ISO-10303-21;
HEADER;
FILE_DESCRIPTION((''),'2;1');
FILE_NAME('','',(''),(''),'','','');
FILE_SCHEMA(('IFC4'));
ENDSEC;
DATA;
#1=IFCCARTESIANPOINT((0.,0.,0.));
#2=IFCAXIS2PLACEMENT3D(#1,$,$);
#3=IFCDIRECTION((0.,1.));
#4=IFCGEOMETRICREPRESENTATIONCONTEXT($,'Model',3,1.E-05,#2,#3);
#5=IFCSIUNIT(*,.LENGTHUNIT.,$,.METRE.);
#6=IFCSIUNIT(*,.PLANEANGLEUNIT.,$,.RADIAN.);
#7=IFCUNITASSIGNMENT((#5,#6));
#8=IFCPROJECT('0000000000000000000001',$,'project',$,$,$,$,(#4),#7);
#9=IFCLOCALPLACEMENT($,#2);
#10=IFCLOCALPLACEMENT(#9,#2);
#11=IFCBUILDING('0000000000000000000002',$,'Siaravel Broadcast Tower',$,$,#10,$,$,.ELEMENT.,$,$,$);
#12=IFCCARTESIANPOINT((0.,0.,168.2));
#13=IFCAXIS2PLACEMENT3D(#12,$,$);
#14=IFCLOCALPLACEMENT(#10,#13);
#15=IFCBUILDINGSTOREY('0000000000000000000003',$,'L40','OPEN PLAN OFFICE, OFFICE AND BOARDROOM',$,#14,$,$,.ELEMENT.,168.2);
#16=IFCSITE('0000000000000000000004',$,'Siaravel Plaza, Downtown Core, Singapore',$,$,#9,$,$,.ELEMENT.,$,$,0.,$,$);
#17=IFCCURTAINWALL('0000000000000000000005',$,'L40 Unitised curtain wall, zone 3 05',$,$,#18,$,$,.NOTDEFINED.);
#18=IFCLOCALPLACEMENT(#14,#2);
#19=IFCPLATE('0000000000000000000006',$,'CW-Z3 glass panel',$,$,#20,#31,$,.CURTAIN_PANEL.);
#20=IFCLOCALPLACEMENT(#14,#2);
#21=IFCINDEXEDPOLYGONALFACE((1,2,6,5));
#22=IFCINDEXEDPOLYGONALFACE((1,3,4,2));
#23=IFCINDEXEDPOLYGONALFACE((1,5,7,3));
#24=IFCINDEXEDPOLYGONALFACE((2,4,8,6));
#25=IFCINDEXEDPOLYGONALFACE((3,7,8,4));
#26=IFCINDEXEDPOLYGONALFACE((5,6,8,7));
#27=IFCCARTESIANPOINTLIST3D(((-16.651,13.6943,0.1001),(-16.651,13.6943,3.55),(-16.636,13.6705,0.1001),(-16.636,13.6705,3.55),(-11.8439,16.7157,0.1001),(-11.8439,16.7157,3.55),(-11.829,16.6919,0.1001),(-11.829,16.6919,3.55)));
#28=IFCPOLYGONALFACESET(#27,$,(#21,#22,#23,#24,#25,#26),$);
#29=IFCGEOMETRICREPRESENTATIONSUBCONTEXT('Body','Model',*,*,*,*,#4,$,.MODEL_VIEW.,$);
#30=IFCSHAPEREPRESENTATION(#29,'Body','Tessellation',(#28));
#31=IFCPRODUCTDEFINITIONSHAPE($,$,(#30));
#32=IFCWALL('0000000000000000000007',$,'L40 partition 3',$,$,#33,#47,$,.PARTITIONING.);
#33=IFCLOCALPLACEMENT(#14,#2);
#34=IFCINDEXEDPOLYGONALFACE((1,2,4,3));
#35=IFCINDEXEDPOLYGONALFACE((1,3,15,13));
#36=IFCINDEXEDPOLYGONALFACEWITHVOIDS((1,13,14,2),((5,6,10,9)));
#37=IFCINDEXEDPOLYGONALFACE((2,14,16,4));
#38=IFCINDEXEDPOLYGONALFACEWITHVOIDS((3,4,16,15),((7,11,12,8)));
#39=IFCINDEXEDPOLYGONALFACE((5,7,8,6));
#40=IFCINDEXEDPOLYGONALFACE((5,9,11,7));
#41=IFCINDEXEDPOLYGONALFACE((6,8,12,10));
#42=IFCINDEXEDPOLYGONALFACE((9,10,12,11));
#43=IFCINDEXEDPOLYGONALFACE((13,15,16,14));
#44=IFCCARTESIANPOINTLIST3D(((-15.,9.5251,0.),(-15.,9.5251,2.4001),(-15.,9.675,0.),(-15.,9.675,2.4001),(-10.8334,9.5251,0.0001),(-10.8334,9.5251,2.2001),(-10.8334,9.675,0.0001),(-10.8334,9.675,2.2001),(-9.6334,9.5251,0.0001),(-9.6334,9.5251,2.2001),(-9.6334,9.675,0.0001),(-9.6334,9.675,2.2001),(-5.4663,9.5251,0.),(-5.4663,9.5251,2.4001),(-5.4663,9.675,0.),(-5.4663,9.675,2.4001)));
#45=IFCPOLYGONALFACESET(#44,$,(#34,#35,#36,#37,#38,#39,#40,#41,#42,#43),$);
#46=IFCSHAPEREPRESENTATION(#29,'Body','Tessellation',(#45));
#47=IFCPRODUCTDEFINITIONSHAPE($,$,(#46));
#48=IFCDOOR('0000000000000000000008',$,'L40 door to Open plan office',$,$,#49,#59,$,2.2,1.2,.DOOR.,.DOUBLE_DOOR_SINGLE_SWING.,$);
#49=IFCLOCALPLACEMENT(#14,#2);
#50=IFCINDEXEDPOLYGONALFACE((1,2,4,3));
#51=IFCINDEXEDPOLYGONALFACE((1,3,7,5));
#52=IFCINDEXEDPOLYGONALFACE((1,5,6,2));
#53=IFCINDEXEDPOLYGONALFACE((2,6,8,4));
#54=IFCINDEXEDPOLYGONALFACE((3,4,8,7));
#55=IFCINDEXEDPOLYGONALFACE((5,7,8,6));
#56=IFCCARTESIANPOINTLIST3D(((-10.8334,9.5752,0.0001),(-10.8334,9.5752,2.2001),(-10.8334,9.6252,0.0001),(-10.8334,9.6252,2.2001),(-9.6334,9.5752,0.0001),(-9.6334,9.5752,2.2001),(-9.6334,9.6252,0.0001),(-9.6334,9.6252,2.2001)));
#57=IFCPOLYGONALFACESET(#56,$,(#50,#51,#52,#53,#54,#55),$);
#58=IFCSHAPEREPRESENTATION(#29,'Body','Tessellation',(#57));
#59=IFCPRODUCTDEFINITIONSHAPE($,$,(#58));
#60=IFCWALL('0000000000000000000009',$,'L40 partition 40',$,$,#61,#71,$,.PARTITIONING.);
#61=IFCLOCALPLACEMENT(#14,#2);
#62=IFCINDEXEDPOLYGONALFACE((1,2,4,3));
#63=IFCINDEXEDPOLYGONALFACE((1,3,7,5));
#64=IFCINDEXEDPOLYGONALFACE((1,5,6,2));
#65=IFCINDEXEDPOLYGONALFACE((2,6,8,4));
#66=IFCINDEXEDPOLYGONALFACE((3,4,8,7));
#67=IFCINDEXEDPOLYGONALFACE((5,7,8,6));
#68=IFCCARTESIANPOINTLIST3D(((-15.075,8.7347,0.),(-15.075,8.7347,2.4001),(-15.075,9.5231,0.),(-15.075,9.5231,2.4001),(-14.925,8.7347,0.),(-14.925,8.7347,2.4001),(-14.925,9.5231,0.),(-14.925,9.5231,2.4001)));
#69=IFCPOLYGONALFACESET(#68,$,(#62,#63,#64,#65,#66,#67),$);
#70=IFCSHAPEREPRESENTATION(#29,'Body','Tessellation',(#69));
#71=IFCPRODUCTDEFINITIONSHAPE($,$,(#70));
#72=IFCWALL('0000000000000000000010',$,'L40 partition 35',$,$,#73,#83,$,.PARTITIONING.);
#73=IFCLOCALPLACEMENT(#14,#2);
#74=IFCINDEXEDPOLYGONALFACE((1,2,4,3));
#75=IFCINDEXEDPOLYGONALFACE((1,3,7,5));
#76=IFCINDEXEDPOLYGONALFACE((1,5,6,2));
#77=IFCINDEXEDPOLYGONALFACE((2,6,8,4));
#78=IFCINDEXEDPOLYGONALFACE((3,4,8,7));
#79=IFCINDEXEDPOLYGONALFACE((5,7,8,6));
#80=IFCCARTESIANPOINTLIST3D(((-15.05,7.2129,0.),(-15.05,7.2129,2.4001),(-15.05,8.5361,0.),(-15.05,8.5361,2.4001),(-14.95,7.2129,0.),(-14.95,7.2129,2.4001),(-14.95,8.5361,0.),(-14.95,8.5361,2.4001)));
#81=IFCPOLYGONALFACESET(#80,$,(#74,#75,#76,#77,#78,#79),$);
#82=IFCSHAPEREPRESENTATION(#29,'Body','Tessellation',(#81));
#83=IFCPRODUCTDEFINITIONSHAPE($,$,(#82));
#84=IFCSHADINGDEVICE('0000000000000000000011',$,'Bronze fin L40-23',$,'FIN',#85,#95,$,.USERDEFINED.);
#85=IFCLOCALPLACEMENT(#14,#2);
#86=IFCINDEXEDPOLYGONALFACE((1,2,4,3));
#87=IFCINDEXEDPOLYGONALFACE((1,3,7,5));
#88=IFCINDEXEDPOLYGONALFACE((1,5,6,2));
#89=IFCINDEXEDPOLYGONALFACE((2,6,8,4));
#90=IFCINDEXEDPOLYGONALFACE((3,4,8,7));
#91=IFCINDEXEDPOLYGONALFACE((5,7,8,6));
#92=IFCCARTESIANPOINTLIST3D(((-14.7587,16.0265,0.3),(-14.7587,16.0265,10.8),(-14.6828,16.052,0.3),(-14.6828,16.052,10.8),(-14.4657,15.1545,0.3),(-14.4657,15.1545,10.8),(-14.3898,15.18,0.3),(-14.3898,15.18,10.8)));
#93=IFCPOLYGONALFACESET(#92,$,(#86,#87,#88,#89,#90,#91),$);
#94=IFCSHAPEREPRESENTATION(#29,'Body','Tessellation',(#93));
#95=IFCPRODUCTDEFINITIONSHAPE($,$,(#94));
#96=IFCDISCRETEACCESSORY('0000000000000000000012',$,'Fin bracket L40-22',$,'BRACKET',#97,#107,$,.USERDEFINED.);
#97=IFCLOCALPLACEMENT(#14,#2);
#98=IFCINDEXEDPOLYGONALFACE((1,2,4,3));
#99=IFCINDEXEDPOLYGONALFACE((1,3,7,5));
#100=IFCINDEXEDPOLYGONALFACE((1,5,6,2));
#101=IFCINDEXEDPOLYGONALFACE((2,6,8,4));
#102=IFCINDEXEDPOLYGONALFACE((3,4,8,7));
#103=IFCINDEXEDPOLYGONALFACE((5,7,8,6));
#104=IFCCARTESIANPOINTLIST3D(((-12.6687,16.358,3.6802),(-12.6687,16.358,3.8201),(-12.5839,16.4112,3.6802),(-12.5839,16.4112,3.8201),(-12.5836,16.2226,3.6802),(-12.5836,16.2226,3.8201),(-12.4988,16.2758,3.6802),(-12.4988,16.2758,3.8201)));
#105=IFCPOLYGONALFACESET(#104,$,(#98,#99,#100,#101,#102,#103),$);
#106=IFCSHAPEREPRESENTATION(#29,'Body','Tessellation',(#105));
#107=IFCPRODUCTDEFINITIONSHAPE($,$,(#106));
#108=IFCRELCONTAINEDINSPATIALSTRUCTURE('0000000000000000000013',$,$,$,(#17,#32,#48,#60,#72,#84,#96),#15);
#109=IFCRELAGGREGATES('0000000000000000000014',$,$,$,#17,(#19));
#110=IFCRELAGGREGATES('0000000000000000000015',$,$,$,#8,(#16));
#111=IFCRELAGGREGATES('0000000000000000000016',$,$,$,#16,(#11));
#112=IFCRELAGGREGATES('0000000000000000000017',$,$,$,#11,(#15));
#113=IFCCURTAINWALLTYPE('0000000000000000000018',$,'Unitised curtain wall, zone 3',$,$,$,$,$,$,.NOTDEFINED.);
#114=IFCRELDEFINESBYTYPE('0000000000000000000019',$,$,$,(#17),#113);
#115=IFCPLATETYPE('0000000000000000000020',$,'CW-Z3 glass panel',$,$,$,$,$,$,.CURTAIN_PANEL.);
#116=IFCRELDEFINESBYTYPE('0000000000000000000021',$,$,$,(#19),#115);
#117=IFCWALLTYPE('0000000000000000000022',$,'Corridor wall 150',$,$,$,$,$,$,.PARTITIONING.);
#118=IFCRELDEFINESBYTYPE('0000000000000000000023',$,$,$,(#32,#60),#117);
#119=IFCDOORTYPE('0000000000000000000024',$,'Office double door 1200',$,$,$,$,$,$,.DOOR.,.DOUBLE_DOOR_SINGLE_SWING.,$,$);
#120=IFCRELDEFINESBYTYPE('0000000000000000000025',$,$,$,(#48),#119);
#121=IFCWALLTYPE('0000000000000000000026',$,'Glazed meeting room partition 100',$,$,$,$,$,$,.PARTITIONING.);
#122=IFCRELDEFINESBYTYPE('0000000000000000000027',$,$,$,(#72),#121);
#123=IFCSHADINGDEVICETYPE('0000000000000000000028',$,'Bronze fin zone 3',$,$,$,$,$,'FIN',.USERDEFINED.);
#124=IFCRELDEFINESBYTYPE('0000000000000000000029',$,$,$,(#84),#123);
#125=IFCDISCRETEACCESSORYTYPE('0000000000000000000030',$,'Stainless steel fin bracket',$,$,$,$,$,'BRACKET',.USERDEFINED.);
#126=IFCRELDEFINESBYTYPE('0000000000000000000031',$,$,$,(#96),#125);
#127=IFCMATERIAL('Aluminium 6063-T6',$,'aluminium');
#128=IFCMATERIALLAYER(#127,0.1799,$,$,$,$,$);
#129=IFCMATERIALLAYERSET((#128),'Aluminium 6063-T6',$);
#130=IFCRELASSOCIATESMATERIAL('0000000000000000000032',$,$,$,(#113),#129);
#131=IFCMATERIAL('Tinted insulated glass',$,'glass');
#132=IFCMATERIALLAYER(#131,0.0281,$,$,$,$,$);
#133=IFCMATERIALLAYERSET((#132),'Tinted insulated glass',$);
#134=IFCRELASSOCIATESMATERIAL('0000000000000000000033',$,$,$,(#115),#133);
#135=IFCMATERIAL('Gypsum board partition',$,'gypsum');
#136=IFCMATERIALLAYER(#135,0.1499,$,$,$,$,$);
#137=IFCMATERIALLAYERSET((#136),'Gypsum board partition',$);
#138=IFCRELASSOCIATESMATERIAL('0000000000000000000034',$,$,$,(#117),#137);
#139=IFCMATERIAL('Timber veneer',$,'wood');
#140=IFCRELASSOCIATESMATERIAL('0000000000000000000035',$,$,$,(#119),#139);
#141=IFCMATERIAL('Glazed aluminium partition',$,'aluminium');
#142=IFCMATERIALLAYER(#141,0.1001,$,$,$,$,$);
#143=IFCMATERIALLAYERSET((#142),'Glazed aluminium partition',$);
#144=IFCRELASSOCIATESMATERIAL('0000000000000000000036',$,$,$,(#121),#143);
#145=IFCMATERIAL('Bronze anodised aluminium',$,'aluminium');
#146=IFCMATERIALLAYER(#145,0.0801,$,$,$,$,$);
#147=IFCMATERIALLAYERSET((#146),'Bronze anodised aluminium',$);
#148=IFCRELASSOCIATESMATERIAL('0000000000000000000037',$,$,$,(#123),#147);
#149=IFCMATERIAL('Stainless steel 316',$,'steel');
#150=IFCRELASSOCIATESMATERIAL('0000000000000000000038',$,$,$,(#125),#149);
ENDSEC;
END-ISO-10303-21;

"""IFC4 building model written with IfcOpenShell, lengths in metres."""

from ifc_helpers import new_model, si_unit, direction, frame, frame_2d, origin, origin_2d, place, context, subcontext, project, spatial, rectangle, extrude, material, layer, layer_set, type_object, element, fill, aggregate, save


model = new_model("IFC4")

# Units and contexts
model_context = context("Model", 3, precision=1e-05, world=origin(), true_north=direction((0.0, 1.0)))
body_context = subcontext(model_context, "Body", "Model", "MODEL_VIEW")
ifc_project = project(units=[si_unit("LENGTHUNIT", "METRE"), si_unit("PLANEANGLEUNIT", "RADIAN")], contexts=[model_context])

# Site, building, storey
site_placement = place(None, origin())
site = spatial("IfcSite", under=ifc_project, at=site_placement, Name="Siaravel Plaza, Downtown Core, Singapore", CompositionType="ELEMENT", RefElevation=0.0)
building_placement = place(site_placement, origin())
building = spatial("IfcBuilding", under=site, at=building_placement, Name="Siaravel Broadcast Tower", CompositionType="ELEMENT")
storey_placement = place(building_placement, frame((0.0, 0.0, 168.2)))
storey = spatial("IfcBuildingStorey", under=building, at=storey_placement, Name="L40", Description="OPEN PLAN OFFICE, OFFICE AND BOARDROOM", CompositionType="ELEMENT", Elevation=168.2)

# Curtain wall
ifc_material_1 = material(Name="Aluminium 6063-T6", Category="aluminium")
ifc_layer_1 = layer(ifc_material_1, 0.1799)
ifc_layer_set_1 = layer_set([ifc_layer_1], Name="Aluminium 6063-T6")
curtain_wall_type = type_object("IfcCurtainWallType", Name="Unitised curtain wall, zone 3", PredefinedType="NOTDEFINED", material=ifc_layer_set_1)
curtain_wall_placement = place(storey_placement, origin())
curtain_wall = element("IfcCurtainWall", 1, at=curtain_wall_placement, inside=storey, type_object=curtain_wall_type, Name="L40 Unitised curtain wall, zone 3 05", PredefinedType="NOTDEFINED")

# Plate
ifc_material_2 = material(Name="Tinted insulated glass", Category="glass")
ifc_layer_2 = layer(ifc_material_2, 0.0281)
ifc_layer_set_2 = layer_set([ifc_layer_2], Name="Tinted insulated glass")
plate_type = type_object("IfcPlateType", Name="CW-Z3 glass panel", PredefinedType="CURTAIN_PANEL", material=ifc_layer_set_2)
plate_placement = place(storey_placement, frame((-14.24, 15.1931, 0.1001), z_axis=(0.0, 0.0, 1.0), x_axis=(-0.846651, -0.532149, 0.0)))
plate = element("IfcPlate", 2, at=plate_placement, type_object=plate_type, Name="CW-Z3 glass panel", PredefinedType="CURTAIN_PANEL", context=body_context, shape_type="SweptSolid", body=[
    extrude(rectangle(XDim=5.6777, YDim=0.0281, at=origin_2d()), origin(), (0.0, 0.0, 1.0), 3.45),
])
aggregate(curtain_wall, [plate])

# Wall, opening, door
ifc_material_3 = material(Name="Gypsum board partition", Category="gypsum")
ifc_layer_3 = layer(ifc_material_3, 0.1499)
ifc_layer_set_3 = layer_set([ifc_layer_3], Name="Gypsum board partition")
wall_type_1 = type_object("IfcWallType", Name="Corridor wall 150", PredefinedType="PARTITIONING", material=ifc_layer_set_3)
wall_1_placement = place(storey_placement, frame((-5.4663, 9.6001, 0.0), z_axis=(0.0, 0.0, 1.0), x_axis=(-1.0, 0.0, 0.0)))
wall_1 = element("IfcWall", 3, at=wall_1_placement, inside=storey, type_object=wall_type_1, Name="L40 partition 3", PredefinedType="PARTITIONING", context=body_context, shape_type="SweptSolid", body=[
    extrude(rectangle(XDim=9.5337, YDim=0.1499, at=frame_2d((4.7668, 0.0))), origin(), (0.0, 0.0, 1.0), 2.4001),
])
opening_placement = place(wall_1_placement, frame((4.167, 0.0, 0.0)))
opening = element("IfcOpeningElement", 4, at=opening_placement, cuts=wall_1, PredefinedType="OPENING", context=body_context, shape_type="SweptSolid", body=[
    extrude(rectangle(XDim=1.2, YDim=2.2, at=frame_2d((0.6001, 1.1001))), frame((0.0, 0.085, 0.0), z_axis=(0.0, -1.0, 0.0), x_axis=(1.0, 0.0, 0.0)), (0.0, 0.0, 1.0), 0.1699),
])
ifc_material_4 = material(Name="Timber veneer", Category="wood")
door_type = type_object("IfcDoorType", Name="Office double door 1200", OperationType="DOUBLE_DOOR_SINGLE_SWING", PredefinedType="DOOR", material=ifc_material_4)
door_placement = place(opening_placement, origin())
door = element("IfcDoor", 5, at=door_placement, inside=storey, type_object=door_type, Name="L40 door to Open plan office", OperationType="DOUBLE_DOOR_SINGLE_SWING", OverallHeight=2.2, OverallWidth=1.2, PredefinedType="DOOR", context=body_context, shape_type="SweptSolid", body=[
    extrude(rectangle(XDim=1.2, YDim=2.2, at=frame_2d((0.6001, 1.1001))), frame((0.0, 0.0249, 0.0), z_axis=(0.0, -1.0, 0.0), x_axis=(1.0, 0.0, 0.0)), (0.0, 0.0, 1.0), 0.05),
])
fill(opening, door)

# Walls
wall_2_placement = place(storey_placement, frame((-15.0, 9.5229, 0.0), z_axis=(0.0, 0.0, 1.0), x_axis=(0.0, -1.0, 0.0)))
element("IfcWall", 6, at=wall_2_placement, inside=storey, type_object=wall_type_1, Name="L40 partition 40", PredefinedType="PARTITIONING", context=body_context, shape_type="SweptSolid", body=[
    extrude(rectangle(XDim=0.7883, YDim=0.1499, at=frame_2d((0.394, 0.0))), origin(), (0.0, 0.0, 1.0), 2.4001),
])
ifc_material_5 = material(Name="Glazed aluminium partition", Category="aluminium")
ifc_layer_4 = layer(ifc_material_5, 0.1001)
ifc_layer_set_4 = layer_set([ifc_layer_4], Name="Glazed aluminium partition")
wall_type_2 = type_object("IfcWallType", Name="Glazed meeting room partition 100", PredefinedType="PARTITIONING", material=ifc_layer_set_4)
wall_3_placement = place(storey_placement, frame((-15.0, 8.5361, 0.0), z_axis=(0.0, 0.0, 1.0), x_axis=(0.0, -1.0, 0.0)))
element("IfcWall", 7, at=wall_3_placement, inside=storey, type_object=wall_type_2, Name="L40 partition 35", PredefinedType="PARTITIONING", context=body_context, shape_type="SweptSolid", body=[
    extrude(rectangle(XDim=1.3232, YDim=0.1001, at=frame_2d((0.6616, 0.0))), origin(), (0.0, 0.0, 1.0), 2.4001),
])

# Shading device
ifc_material_6 = material(Name="Bronze anodised aluminium", Category="aluminium")
ifc_layer_5 = layer(ifc_material_6, 0.0801)
ifc_layer_set_5 = layer_set([ifc_layer_5], Name="Bronze anodised aluminium")
shading_device_type = type_object("IfcShadingDeviceType", Name="Bronze fin zone 3", ElementType="FIN", PredefinedType="USERDEFINED", material=ifc_layer_set_5)
shading_device_placement = place(storey_placement, frame((-14.5742, 15.6033, 0.3), z_axis=(0.0, 0.0, 1.0), x_axis=(-0.318475, 0.947931, 0.0)))
element("IfcShadingDevice", 8, at=shading_device_placement, inside=storey, type_object=shading_device_type, Name="Bronze fin L40-23", ObjectType="FIN", PredefinedType="USERDEFINED", context=body_context, shape_type="SweptSolid", body=[
    extrude(rectangle(XDim=0.9199, YDim=0.0801, at=origin_2d()), origin(), (0.0, 0.0, 1.0), 10.5),
])

# Discrete accessory
ifc_material_7 = material(Name="Stainless steel 316", Category="steel")
discrete_accessory_type = type_object("IfcDiscreteAccessoryType", Name="Stainless steel fin bracket", ElementType="BRACKET", PredefinedType="USERDEFINED", material=ifc_material_7)
discrete_accessory_placement = place(storey_placement, frame((-12.5837, 16.3169, 3.6802), z_axis=(0.0, 0.0, 1.0), x_axis=(-0.532149, 0.84665, 0.0)))
element("IfcDiscreteAccessory", 9, at=discrete_accessory_placement, inside=storey, type_object=discrete_accessory_type, Name="Fin bracket L40-22", ObjectType="BRACKET", PredefinedType="USERDEFINED", context=body_context, shape_type="SweptSolid", body=[
    extrude(rectangle(XDim=0.1599, YDim=0.1001, at=origin_2d()), origin(), (0.0, 0.0, 1.0), 0.1399),
])

save(model, "model.ifc")
